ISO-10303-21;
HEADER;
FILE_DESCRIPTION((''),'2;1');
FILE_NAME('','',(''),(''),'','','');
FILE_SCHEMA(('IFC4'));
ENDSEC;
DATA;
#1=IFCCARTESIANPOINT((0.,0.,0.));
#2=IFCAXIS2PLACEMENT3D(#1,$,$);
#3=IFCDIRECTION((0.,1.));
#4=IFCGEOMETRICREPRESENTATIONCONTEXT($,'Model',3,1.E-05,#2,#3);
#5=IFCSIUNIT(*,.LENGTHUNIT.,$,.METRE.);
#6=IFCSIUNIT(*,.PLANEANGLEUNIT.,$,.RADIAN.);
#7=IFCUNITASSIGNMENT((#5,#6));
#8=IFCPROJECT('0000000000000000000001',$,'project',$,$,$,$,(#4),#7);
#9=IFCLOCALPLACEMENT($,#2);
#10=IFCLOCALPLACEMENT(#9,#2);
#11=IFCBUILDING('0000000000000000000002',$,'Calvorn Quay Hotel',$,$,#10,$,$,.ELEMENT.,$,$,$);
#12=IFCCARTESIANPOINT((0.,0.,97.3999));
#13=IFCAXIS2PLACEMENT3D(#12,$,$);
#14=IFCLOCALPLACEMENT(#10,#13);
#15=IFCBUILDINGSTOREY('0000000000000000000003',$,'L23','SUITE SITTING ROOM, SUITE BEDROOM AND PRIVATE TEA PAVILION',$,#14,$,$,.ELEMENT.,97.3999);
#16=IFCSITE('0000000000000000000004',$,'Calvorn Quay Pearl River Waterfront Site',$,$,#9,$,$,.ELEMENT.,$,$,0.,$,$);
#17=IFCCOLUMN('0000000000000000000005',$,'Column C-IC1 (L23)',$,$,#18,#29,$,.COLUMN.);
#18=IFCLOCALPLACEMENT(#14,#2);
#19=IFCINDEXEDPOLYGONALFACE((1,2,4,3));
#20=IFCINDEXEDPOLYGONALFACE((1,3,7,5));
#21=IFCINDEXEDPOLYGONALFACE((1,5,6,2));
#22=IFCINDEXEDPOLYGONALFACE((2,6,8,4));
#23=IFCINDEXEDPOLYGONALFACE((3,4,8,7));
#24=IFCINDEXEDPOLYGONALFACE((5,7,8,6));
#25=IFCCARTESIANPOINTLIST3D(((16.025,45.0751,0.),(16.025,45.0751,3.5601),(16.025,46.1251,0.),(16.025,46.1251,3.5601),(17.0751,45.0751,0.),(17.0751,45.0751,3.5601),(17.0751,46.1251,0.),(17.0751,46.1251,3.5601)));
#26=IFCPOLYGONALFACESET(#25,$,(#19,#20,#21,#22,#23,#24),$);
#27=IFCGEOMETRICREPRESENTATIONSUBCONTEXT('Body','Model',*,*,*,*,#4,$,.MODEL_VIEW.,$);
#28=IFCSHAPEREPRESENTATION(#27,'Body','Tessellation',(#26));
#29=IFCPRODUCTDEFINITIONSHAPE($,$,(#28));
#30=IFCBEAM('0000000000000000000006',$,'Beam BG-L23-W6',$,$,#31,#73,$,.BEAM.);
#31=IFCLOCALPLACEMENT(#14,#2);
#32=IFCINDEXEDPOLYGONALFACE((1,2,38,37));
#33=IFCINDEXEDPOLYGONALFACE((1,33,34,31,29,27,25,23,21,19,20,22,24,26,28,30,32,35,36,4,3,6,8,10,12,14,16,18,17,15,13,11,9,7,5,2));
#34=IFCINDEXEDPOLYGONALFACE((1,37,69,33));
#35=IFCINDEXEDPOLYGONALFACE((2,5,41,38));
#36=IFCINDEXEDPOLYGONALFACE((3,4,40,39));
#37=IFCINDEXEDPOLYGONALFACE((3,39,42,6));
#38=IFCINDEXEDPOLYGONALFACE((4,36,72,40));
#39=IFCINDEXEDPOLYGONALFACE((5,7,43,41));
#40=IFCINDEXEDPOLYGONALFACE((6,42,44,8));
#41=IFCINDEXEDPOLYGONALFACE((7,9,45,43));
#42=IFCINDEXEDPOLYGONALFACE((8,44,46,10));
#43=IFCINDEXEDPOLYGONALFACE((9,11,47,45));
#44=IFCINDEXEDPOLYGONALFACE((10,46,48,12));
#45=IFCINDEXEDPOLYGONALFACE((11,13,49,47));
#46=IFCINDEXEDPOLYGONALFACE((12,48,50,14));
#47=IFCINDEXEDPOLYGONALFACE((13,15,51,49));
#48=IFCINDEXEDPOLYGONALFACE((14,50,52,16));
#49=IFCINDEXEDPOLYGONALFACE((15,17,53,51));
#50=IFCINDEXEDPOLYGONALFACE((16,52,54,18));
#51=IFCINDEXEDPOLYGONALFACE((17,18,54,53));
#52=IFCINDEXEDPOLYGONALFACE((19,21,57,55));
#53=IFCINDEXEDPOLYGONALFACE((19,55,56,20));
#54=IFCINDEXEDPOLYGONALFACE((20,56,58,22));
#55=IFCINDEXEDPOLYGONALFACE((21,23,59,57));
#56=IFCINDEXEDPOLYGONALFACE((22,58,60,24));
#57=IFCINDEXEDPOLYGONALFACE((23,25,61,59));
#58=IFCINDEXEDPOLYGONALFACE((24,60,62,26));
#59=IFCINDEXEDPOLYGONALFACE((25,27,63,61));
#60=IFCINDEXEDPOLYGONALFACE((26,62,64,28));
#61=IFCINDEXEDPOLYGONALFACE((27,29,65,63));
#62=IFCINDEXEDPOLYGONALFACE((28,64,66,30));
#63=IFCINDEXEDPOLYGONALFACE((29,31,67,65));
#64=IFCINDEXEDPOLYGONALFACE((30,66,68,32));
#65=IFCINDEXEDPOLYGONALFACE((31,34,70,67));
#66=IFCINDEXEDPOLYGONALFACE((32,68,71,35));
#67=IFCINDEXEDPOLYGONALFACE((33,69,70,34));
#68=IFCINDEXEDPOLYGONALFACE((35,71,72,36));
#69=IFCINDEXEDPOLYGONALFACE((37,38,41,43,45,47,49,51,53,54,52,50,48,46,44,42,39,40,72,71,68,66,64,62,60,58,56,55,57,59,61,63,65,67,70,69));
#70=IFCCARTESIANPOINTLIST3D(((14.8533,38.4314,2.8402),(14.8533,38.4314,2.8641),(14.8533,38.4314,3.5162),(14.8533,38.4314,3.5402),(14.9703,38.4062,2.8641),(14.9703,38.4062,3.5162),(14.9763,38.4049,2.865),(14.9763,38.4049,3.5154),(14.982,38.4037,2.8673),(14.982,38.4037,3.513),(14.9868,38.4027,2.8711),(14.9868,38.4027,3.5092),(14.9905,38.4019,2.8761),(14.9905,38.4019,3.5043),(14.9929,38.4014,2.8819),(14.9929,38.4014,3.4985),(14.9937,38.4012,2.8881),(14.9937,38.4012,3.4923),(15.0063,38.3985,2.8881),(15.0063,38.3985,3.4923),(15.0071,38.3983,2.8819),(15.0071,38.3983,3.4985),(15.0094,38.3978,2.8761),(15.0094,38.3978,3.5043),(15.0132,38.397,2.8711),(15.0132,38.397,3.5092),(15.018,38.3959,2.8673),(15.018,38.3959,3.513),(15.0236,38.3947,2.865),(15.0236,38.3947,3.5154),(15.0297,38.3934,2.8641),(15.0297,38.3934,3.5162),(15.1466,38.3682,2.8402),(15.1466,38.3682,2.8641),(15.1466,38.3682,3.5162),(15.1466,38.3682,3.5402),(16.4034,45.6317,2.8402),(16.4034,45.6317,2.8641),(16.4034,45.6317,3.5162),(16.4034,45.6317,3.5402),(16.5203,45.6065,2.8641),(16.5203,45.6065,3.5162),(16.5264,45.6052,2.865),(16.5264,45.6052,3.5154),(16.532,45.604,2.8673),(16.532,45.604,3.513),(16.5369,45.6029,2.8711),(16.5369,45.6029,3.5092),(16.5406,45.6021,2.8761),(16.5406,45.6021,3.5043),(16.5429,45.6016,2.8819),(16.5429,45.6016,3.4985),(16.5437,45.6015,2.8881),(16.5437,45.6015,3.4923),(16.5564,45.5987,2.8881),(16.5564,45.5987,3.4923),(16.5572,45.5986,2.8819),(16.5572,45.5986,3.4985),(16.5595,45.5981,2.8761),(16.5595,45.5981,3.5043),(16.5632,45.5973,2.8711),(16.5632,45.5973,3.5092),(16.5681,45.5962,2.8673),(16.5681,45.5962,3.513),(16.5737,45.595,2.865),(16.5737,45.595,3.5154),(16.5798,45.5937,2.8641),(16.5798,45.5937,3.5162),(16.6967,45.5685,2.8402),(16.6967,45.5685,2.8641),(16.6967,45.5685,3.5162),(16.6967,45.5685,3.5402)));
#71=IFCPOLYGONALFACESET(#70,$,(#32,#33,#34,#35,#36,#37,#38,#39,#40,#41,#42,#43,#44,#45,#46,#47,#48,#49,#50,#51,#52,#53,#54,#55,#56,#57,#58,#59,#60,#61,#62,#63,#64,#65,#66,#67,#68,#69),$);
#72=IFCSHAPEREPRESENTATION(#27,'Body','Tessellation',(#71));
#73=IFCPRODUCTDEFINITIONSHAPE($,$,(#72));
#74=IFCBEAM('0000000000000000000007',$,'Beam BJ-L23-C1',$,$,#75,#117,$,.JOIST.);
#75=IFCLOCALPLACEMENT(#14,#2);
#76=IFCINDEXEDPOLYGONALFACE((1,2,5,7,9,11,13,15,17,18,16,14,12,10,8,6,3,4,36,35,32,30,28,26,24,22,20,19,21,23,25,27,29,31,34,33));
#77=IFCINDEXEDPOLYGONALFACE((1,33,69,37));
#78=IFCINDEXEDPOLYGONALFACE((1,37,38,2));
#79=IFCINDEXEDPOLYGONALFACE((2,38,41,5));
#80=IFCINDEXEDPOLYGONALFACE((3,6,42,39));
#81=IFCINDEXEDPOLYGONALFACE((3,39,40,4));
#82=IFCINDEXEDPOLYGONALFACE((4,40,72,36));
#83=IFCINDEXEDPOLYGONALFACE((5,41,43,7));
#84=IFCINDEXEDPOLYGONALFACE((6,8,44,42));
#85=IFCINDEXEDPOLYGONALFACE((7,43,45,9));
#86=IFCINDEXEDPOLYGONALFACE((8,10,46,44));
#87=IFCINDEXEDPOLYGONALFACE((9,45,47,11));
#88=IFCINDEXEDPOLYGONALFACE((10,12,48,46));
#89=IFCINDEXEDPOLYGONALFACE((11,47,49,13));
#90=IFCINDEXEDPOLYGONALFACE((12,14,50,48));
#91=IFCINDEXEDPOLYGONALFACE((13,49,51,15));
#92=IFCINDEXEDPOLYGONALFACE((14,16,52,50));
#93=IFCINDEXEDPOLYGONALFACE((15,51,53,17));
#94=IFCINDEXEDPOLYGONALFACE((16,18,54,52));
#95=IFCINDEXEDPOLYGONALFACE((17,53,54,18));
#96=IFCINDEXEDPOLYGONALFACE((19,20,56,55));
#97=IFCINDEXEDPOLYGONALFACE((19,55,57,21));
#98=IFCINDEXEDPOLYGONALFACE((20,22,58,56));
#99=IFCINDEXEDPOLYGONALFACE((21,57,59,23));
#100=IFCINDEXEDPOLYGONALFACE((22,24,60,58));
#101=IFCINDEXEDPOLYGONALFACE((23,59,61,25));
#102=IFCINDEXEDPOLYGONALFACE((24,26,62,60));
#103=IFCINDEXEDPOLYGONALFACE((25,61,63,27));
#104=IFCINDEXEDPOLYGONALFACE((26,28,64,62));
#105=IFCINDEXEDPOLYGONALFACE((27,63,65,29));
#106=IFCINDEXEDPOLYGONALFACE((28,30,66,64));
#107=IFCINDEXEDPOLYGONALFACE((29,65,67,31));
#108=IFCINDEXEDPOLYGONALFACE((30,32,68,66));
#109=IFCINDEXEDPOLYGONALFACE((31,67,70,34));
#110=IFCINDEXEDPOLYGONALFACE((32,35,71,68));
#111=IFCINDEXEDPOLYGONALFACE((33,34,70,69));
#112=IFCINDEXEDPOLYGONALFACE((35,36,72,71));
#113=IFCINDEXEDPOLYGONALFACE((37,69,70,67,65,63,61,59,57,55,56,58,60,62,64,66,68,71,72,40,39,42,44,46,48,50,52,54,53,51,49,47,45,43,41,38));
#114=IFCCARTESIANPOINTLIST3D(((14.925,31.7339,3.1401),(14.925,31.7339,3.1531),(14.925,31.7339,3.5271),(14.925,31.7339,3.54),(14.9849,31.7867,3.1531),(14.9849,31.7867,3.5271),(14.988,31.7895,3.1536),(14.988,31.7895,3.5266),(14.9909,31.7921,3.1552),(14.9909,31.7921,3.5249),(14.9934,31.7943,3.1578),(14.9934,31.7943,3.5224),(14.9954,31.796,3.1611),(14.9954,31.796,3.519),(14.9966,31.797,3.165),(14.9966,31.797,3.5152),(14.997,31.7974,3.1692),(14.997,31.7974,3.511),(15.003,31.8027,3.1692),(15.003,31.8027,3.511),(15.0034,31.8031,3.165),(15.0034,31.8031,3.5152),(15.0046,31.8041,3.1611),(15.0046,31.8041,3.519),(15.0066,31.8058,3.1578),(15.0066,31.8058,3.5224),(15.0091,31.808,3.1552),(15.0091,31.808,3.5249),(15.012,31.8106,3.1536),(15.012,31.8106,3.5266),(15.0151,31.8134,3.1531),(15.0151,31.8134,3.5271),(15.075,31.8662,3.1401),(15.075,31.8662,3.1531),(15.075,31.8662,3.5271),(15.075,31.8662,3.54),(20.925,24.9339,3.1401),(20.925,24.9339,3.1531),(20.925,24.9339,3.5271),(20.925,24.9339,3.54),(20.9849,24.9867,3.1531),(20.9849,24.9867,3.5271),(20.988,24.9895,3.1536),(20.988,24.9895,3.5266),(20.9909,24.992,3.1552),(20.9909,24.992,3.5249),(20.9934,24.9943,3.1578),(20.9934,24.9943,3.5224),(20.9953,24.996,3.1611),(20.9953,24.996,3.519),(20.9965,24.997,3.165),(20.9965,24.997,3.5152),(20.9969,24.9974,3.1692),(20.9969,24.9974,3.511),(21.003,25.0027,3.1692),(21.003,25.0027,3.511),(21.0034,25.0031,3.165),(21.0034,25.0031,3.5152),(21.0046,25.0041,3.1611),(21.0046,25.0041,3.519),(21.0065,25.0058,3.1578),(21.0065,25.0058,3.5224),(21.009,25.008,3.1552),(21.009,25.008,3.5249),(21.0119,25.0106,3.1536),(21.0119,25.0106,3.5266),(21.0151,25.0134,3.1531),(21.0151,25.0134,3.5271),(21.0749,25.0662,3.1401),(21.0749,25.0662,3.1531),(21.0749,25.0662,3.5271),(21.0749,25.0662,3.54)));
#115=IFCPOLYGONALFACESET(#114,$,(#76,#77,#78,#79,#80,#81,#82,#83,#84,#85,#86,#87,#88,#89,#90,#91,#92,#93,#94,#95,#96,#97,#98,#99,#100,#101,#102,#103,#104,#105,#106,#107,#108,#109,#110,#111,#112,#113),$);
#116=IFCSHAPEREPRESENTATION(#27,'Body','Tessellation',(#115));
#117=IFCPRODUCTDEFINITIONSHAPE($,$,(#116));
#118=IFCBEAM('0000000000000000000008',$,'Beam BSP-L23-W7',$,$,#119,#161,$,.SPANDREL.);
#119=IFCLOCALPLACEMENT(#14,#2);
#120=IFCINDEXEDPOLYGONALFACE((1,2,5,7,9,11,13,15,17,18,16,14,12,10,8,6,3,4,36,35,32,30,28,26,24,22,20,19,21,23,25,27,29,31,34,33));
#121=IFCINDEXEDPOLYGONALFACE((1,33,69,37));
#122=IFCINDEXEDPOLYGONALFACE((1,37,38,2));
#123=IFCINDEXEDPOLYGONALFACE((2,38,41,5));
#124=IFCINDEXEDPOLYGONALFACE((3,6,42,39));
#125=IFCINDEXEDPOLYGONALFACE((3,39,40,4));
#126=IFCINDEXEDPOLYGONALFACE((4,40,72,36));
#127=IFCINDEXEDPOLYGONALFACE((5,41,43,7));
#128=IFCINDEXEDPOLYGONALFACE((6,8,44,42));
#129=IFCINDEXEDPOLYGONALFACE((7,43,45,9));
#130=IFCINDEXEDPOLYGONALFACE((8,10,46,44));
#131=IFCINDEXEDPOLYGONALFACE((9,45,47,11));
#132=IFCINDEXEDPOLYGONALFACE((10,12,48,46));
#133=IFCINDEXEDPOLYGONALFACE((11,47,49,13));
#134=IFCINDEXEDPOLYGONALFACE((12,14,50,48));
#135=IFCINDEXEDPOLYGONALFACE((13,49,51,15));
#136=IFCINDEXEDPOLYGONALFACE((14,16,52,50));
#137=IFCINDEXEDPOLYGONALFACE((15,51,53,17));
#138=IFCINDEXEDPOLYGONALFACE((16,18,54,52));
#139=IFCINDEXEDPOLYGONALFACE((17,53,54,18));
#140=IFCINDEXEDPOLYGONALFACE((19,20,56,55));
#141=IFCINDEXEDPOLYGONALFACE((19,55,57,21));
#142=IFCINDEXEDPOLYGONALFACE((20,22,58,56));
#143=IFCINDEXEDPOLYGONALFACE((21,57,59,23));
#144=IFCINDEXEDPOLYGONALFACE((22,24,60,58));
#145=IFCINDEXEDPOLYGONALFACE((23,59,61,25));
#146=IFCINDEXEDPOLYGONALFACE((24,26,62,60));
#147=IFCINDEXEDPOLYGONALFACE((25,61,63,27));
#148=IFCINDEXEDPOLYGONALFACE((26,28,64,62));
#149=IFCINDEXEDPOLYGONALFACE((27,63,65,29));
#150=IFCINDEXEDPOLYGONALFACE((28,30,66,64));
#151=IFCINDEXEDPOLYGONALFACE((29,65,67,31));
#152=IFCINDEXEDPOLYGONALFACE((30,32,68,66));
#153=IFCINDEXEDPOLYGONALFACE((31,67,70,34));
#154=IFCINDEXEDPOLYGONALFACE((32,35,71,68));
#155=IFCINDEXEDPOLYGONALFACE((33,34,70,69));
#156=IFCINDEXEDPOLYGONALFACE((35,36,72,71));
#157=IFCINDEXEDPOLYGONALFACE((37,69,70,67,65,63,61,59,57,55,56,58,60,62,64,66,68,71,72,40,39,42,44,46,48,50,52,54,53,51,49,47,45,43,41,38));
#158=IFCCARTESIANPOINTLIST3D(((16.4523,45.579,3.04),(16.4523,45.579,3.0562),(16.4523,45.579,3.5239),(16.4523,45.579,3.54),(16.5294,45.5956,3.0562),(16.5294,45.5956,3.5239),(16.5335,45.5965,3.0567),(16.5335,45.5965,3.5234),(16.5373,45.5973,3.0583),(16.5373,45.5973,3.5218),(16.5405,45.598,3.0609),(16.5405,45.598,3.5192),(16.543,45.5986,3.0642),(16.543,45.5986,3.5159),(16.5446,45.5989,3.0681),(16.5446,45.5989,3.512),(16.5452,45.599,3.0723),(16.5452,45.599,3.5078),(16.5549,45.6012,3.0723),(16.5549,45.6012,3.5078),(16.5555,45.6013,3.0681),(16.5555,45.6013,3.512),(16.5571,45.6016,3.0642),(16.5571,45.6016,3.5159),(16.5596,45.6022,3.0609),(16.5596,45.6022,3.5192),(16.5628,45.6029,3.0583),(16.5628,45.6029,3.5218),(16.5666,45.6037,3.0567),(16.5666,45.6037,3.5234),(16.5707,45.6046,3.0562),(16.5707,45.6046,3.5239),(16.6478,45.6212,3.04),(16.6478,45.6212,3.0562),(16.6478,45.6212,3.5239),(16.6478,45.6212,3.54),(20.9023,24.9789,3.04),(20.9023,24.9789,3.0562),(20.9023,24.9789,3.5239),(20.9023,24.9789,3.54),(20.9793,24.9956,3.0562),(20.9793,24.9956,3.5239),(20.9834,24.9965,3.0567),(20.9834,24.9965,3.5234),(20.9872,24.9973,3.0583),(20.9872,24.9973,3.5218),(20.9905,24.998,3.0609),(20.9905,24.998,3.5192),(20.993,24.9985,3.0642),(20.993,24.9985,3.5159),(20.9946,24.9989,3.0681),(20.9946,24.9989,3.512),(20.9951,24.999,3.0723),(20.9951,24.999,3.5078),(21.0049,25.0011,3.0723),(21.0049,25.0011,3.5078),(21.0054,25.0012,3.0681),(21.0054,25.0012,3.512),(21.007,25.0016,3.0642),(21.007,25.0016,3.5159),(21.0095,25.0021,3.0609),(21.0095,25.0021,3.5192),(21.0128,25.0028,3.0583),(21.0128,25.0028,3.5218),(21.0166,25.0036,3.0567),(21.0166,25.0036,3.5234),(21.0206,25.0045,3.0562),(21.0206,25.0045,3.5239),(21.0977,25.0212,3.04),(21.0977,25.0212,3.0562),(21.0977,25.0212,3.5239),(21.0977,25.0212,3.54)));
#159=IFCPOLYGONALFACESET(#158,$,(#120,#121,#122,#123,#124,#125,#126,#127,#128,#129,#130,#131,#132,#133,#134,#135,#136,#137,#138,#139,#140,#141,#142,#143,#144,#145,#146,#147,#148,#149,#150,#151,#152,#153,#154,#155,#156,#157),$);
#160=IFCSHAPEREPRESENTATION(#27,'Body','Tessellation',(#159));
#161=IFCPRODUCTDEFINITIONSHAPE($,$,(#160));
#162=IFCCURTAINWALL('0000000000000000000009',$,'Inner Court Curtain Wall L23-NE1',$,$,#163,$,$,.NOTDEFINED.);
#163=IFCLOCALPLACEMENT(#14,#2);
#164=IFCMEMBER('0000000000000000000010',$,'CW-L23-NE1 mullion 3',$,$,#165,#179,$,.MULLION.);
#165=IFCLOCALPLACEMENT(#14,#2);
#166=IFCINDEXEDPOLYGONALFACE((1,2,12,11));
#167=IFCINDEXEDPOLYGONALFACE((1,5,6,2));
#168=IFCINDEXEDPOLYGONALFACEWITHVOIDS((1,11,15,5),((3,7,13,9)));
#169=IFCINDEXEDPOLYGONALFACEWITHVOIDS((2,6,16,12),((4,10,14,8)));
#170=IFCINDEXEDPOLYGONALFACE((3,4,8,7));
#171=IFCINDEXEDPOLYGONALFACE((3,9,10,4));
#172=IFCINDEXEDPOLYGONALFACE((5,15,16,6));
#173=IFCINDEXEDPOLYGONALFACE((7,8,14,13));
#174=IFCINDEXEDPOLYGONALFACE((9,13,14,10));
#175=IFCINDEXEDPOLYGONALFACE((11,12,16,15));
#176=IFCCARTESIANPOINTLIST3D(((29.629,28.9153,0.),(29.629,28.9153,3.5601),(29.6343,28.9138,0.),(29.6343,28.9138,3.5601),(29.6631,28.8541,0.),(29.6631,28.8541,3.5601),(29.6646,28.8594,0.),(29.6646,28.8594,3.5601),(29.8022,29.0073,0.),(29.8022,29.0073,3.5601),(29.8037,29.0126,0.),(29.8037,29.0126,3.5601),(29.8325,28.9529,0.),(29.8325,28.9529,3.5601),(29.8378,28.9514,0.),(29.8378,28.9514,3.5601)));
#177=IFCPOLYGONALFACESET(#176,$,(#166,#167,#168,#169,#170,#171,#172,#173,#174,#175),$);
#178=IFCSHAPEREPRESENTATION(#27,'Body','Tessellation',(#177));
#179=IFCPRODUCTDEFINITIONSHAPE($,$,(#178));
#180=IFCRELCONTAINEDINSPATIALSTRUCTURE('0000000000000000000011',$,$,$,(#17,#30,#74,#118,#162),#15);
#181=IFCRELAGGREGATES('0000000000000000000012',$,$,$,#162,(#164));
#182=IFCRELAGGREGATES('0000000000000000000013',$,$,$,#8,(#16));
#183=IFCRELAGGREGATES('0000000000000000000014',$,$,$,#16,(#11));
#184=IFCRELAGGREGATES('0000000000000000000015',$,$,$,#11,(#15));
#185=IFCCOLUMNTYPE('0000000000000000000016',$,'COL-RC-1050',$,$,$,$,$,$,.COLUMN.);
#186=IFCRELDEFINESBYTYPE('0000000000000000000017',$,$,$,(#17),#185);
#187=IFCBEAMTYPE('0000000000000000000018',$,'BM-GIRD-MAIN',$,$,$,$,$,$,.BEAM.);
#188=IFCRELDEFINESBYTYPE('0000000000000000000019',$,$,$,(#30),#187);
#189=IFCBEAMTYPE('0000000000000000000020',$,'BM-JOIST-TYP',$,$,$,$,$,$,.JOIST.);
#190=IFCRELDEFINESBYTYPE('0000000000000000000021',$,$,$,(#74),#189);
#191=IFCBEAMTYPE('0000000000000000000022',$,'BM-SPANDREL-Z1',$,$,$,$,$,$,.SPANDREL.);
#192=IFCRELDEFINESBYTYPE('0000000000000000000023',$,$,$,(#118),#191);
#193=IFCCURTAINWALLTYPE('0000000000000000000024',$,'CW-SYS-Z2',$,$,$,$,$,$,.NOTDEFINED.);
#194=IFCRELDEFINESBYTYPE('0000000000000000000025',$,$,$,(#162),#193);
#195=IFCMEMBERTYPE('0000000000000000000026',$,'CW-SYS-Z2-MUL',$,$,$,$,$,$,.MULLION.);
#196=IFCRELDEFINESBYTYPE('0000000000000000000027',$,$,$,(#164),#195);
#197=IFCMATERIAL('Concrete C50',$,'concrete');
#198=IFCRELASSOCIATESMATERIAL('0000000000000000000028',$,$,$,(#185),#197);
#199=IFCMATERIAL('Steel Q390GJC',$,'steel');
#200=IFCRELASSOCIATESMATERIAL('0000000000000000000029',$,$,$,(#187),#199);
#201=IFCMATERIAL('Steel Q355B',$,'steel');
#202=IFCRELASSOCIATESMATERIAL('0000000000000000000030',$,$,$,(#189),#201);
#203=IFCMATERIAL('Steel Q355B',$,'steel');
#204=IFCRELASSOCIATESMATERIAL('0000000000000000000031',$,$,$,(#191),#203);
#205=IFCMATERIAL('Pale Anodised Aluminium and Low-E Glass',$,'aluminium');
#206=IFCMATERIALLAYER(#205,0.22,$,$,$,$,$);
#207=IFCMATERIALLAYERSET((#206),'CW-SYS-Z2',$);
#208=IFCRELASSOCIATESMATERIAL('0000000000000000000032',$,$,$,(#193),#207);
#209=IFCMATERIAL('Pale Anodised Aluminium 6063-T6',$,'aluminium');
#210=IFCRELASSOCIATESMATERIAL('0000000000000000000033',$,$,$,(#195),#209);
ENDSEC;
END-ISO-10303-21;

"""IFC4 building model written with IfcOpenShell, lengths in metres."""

from ifc_helpers import new_model, si_unit, direction, frame, origin, origin_2d, place, context, subcontext, project, spatial, rectangle, hollow_rectangle, i_section, extrude, material, layer, layer_set, material_profile, profile_set, type_object, element, aggregate, save


model = new_model("IFC4")

# Units and contexts
model_context = context("Model", 3, precision=1e-05, world=origin(), true_north=direction((0.0, 1.0)))
body_context = subcontext(model_context, "Body", "Model", "MODEL_VIEW")
ifc_project = project(units=[si_unit("LENGTHUNIT", "METRE"), si_unit("PLANEANGLEUNIT", "RADIAN")], contexts=[model_context])

# Site, building, storey
site_placement = place(None, origin())
site = spatial("IfcSite", under=ifc_project, at=site_placement, Name="Calvorn Quay Pearl River Waterfront Site", CompositionType="ELEMENT", RefElevation=0.0)
building_placement = place(site_placement, origin())
building = spatial("IfcBuilding", under=site, at=building_placement, Name="Calvorn Quay Hotel", CompositionType="ELEMENT")
storey_placement = place(building_placement, frame((0.0, 0.0, 97.3999)))
storey = spatial("IfcBuildingStorey", under=building, at=storey_placement, Name="L23", Description="SUITE SITTING ROOM, SUITE BEDROOM AND PRIVATE TEA PAVILION", CompositionType="ELEMENT", Elevation=97.3999)

# Column
ifc_material_1 = material(Name="Concrete C50", Category="concrete")
ifc_material_profile_1 = material_profile(ifc_material_1, rectangle(XDim=1.05, YDim=1.05, at=origin_2d()), Name="RC1050x1050")
ifc_profile_set_1 = profile_set([ifc_material_profile_1], Name="Concrete C50")
column_type = type_object("IfcColumnType", Name="COL-RC-1050", PredefinedType="COLUMN", material=ifc_profile_set_1)
column_placement = place(storey_placement, frame((16.55, 45.6001, 0.0), z_axis=(0.0, 0.0, 1.0), x_axis=(1.0, 0.0, 0.0)))
element("IfcColumn", 1, at=column_placement, inside=storey, type_object=column_type, Name="Column C-IC1 (L23)", PredefinedType="COLUMN", context=body_context, shape_type="SweptSolid", body=[
    extrude(rectangle(XDim=1.05, YDim=1.05, at=origin_2d()), origin(), (0.0, 0.0, 1.0), 3.5601),
])

# Beams
ifc_material_2 = material(Name="Steel Q390GJC", Category="steel")
ifc_material_profile_2 = material_profile(ifc_material_2, i_section(OverallWidth=0.3, OverallDepth=0.7, WebThickness=0.0129, FlangeThickness=0.0239, FilletRadius=0.0239, at=origin_2d()), Name="HN700x300x13x24")
ifc_profile_set_2 = profile_set([ifc_material_profile_2], Name="Steel Q390GJC")
beam_type_1 = type_object("IfcBeamType", Name="BM-GIRD-MAIN", PredefinedType="BEAM", material=ifc_profile_set_2)
beam_1_placement = place(storey_placement, frame((16.55, 45.6001, 3.1902), z_axis=(-0.210457, -0.977603, 0.0), x_axis=(0.977603, -0.210457, 0.0)))
element("IfcBeam", 2, at=beam_1_placement, inside=storey, type_object=beam_type_1, Name="Beam BG-L23-W6", PredefinedType="BEAM", context=body_context, shape_type="SweptSolid", body=[
    extrude(i_section(OverallWidth=0.3, OverallDepth=0.7, WebThickness=0.0129, FlangeThickness=0.0239, FilletRadius=0.0239, at=origin_2d()), origin(), (0.0, 0.0, 1.0), 7.3652),
])
ifc_material_3 = material(Name="Steel Q355B", Category="steel")
ifc_material_profile_3 = material_profile(ifc_material_3, i_section(OverallWidth=0.2, OverallDepth=0.3999, WebThickness=0.0081, FlangeThickness=0.0129, FilletRadius=0.0161, at=origin_2d()), Name="HN400x200x8x13")
ifc_profile_set_3 = profile_set([ifc_material_profile_3], Name="Steel Q355B")
beam_type_2 = type_object("IfcBeamType", Name="BM-JOIST-TYP", PredefinedType="JOIST", material=ifc_profile_set_3)
beam_2_placement = place(storey_placement, frame((15.0, 31.8, 3.3401), z_axis=(0.661619, -0.74984, 0.0), x_axis=(0.74984, 0.661619, 0.0)))
element("IfcBeam", 3, at=beam_2_placement, inside=storey, type_object=beam_type_2, Name="Beam BJ-L23-C1", PredefinedType="JOIST", context=body_context, shape_type="SweptSolid", body=[
    extrude(i_section(OverallWidth=0.2, OverallDepth=0.3999, WebThickness=0.0081, FlangeThickness=0.0129, FilletRadius=0.0161, at=origin_2d()), origin(), (0.0, 0.0, 1.0), 9.0686),
])
ifc_material_4 = material(Name="Steel Q355B", Category="steel")
ifc_material_profile_4 = material_profile(ifc_material_4, i_section(OverallWidth=0.2, OverallDepth=0.5, WebThickness=0.01, FlangeThickness=0.0161, FilletRadius=0.0161, at=origin_2d()), Name="HN500x200x10x16")
ifc_profile_set_4 = profile_set([ifc_material_profile_4], Name="Steel Q355B")
beam_type_3 = type_object("IfcBeamType", Name="BM-SPANDREL-Z1", PredefinedType="SPANDREL", material=ifc_profile_set_4)
beam_3_placement = place(storey_placement, frame((16.55, 45.6001, 3.29), z_axis=(0.211146, -0.977455, 0.0), x_axis=(0.977455, 0.211146, 0.0)))
element("IfcBeam", 4, at=beam_3_placement, inside=storey, type_object=beam_type_3, Name="Beam BSP-L23-W7", PredefinedType="SPANDREL", context=body_context, shape_type="SweptSolid", body=[
    extrude(i_section(OverallWidth=0.2, OverallDepth=0.5, WebThickness=0.01, FlangeThickness=0.0161, FilletRadius=0.0161, at=origin_2d()), origin(), (0.0, 0.0, 1.0), 21.0752),
])

# Curtain wall, member
ifc_material_5 = material(Name="Pale Anodised Aluminium and Low-E Glass", Category="aluminium")
ifc_layer_1 = layer(ifc_material_5, 0.22)
ifc_layer_set_1 = layer_set([ifc_layer_1], Name="CW-SYS-Z2")
curtain_wall_type = type_object("IfcCurtainWallType", Name="CW-SYS-Z2", PredefinedType="NOTDEFINED", material=ifc_layer_set_1)
curtain_wall_1_placement = place(storey_placement, origin())
curtain_wall_1 = element("IfcCurtainWall", 5, at=curtain_wall_1_placement, inside=storey, type_object=curtain_wall_type, Name="Inner Court Curtain Wall L23-NE1", PredefinedType="NOTDEFINED")
ifc_material_6 = material(Name="Pale Anodised Aluminium 6063-T6", Category="aluminium")
ifc_material_profile_5 = material_profile(ifc_material_6, hollow_rectangle(XDim=0.0701, YDim=0.2, WallThickness=0.0039, at=origin_2d()), Name="ALU-M200x70x4")
ifc_profile_set_5 = profile_set([ifc_material_profile_5], Name="Pale Anodised Aluminium 6063-T6")
member_type_1 = type_object("IfcMemberType", Name="CW-SYS-Z2-MUL", PredefinedType="MULLION", material=ifc_profile_set_5)
member_1_placement = place(storey_placement, frame((29.7334, 28.9333, 0.0), z_axis=(0.0, 0.0, 1.0), x_axis=(0.486858, -0.873481, 0.0)))
member_1 = element("IfcMember", 6, at=member_1_placement, type_object=member_type_1, Name="CW-L23-NE1 mullion 3", PredefinedType="MULLION", context=body_context, shape_type="SweptSolid", body=[
    extrude(hollow_rectangle(XDim=0.0701, YDim=0.2, WallThickness=0.0039, at=origin_2d()), origin(), (0.0, 0.0, 1.0), 3.5601),
])

aggregate(curtain_wall_1, [member_1])

save(model, "model.ifc")
